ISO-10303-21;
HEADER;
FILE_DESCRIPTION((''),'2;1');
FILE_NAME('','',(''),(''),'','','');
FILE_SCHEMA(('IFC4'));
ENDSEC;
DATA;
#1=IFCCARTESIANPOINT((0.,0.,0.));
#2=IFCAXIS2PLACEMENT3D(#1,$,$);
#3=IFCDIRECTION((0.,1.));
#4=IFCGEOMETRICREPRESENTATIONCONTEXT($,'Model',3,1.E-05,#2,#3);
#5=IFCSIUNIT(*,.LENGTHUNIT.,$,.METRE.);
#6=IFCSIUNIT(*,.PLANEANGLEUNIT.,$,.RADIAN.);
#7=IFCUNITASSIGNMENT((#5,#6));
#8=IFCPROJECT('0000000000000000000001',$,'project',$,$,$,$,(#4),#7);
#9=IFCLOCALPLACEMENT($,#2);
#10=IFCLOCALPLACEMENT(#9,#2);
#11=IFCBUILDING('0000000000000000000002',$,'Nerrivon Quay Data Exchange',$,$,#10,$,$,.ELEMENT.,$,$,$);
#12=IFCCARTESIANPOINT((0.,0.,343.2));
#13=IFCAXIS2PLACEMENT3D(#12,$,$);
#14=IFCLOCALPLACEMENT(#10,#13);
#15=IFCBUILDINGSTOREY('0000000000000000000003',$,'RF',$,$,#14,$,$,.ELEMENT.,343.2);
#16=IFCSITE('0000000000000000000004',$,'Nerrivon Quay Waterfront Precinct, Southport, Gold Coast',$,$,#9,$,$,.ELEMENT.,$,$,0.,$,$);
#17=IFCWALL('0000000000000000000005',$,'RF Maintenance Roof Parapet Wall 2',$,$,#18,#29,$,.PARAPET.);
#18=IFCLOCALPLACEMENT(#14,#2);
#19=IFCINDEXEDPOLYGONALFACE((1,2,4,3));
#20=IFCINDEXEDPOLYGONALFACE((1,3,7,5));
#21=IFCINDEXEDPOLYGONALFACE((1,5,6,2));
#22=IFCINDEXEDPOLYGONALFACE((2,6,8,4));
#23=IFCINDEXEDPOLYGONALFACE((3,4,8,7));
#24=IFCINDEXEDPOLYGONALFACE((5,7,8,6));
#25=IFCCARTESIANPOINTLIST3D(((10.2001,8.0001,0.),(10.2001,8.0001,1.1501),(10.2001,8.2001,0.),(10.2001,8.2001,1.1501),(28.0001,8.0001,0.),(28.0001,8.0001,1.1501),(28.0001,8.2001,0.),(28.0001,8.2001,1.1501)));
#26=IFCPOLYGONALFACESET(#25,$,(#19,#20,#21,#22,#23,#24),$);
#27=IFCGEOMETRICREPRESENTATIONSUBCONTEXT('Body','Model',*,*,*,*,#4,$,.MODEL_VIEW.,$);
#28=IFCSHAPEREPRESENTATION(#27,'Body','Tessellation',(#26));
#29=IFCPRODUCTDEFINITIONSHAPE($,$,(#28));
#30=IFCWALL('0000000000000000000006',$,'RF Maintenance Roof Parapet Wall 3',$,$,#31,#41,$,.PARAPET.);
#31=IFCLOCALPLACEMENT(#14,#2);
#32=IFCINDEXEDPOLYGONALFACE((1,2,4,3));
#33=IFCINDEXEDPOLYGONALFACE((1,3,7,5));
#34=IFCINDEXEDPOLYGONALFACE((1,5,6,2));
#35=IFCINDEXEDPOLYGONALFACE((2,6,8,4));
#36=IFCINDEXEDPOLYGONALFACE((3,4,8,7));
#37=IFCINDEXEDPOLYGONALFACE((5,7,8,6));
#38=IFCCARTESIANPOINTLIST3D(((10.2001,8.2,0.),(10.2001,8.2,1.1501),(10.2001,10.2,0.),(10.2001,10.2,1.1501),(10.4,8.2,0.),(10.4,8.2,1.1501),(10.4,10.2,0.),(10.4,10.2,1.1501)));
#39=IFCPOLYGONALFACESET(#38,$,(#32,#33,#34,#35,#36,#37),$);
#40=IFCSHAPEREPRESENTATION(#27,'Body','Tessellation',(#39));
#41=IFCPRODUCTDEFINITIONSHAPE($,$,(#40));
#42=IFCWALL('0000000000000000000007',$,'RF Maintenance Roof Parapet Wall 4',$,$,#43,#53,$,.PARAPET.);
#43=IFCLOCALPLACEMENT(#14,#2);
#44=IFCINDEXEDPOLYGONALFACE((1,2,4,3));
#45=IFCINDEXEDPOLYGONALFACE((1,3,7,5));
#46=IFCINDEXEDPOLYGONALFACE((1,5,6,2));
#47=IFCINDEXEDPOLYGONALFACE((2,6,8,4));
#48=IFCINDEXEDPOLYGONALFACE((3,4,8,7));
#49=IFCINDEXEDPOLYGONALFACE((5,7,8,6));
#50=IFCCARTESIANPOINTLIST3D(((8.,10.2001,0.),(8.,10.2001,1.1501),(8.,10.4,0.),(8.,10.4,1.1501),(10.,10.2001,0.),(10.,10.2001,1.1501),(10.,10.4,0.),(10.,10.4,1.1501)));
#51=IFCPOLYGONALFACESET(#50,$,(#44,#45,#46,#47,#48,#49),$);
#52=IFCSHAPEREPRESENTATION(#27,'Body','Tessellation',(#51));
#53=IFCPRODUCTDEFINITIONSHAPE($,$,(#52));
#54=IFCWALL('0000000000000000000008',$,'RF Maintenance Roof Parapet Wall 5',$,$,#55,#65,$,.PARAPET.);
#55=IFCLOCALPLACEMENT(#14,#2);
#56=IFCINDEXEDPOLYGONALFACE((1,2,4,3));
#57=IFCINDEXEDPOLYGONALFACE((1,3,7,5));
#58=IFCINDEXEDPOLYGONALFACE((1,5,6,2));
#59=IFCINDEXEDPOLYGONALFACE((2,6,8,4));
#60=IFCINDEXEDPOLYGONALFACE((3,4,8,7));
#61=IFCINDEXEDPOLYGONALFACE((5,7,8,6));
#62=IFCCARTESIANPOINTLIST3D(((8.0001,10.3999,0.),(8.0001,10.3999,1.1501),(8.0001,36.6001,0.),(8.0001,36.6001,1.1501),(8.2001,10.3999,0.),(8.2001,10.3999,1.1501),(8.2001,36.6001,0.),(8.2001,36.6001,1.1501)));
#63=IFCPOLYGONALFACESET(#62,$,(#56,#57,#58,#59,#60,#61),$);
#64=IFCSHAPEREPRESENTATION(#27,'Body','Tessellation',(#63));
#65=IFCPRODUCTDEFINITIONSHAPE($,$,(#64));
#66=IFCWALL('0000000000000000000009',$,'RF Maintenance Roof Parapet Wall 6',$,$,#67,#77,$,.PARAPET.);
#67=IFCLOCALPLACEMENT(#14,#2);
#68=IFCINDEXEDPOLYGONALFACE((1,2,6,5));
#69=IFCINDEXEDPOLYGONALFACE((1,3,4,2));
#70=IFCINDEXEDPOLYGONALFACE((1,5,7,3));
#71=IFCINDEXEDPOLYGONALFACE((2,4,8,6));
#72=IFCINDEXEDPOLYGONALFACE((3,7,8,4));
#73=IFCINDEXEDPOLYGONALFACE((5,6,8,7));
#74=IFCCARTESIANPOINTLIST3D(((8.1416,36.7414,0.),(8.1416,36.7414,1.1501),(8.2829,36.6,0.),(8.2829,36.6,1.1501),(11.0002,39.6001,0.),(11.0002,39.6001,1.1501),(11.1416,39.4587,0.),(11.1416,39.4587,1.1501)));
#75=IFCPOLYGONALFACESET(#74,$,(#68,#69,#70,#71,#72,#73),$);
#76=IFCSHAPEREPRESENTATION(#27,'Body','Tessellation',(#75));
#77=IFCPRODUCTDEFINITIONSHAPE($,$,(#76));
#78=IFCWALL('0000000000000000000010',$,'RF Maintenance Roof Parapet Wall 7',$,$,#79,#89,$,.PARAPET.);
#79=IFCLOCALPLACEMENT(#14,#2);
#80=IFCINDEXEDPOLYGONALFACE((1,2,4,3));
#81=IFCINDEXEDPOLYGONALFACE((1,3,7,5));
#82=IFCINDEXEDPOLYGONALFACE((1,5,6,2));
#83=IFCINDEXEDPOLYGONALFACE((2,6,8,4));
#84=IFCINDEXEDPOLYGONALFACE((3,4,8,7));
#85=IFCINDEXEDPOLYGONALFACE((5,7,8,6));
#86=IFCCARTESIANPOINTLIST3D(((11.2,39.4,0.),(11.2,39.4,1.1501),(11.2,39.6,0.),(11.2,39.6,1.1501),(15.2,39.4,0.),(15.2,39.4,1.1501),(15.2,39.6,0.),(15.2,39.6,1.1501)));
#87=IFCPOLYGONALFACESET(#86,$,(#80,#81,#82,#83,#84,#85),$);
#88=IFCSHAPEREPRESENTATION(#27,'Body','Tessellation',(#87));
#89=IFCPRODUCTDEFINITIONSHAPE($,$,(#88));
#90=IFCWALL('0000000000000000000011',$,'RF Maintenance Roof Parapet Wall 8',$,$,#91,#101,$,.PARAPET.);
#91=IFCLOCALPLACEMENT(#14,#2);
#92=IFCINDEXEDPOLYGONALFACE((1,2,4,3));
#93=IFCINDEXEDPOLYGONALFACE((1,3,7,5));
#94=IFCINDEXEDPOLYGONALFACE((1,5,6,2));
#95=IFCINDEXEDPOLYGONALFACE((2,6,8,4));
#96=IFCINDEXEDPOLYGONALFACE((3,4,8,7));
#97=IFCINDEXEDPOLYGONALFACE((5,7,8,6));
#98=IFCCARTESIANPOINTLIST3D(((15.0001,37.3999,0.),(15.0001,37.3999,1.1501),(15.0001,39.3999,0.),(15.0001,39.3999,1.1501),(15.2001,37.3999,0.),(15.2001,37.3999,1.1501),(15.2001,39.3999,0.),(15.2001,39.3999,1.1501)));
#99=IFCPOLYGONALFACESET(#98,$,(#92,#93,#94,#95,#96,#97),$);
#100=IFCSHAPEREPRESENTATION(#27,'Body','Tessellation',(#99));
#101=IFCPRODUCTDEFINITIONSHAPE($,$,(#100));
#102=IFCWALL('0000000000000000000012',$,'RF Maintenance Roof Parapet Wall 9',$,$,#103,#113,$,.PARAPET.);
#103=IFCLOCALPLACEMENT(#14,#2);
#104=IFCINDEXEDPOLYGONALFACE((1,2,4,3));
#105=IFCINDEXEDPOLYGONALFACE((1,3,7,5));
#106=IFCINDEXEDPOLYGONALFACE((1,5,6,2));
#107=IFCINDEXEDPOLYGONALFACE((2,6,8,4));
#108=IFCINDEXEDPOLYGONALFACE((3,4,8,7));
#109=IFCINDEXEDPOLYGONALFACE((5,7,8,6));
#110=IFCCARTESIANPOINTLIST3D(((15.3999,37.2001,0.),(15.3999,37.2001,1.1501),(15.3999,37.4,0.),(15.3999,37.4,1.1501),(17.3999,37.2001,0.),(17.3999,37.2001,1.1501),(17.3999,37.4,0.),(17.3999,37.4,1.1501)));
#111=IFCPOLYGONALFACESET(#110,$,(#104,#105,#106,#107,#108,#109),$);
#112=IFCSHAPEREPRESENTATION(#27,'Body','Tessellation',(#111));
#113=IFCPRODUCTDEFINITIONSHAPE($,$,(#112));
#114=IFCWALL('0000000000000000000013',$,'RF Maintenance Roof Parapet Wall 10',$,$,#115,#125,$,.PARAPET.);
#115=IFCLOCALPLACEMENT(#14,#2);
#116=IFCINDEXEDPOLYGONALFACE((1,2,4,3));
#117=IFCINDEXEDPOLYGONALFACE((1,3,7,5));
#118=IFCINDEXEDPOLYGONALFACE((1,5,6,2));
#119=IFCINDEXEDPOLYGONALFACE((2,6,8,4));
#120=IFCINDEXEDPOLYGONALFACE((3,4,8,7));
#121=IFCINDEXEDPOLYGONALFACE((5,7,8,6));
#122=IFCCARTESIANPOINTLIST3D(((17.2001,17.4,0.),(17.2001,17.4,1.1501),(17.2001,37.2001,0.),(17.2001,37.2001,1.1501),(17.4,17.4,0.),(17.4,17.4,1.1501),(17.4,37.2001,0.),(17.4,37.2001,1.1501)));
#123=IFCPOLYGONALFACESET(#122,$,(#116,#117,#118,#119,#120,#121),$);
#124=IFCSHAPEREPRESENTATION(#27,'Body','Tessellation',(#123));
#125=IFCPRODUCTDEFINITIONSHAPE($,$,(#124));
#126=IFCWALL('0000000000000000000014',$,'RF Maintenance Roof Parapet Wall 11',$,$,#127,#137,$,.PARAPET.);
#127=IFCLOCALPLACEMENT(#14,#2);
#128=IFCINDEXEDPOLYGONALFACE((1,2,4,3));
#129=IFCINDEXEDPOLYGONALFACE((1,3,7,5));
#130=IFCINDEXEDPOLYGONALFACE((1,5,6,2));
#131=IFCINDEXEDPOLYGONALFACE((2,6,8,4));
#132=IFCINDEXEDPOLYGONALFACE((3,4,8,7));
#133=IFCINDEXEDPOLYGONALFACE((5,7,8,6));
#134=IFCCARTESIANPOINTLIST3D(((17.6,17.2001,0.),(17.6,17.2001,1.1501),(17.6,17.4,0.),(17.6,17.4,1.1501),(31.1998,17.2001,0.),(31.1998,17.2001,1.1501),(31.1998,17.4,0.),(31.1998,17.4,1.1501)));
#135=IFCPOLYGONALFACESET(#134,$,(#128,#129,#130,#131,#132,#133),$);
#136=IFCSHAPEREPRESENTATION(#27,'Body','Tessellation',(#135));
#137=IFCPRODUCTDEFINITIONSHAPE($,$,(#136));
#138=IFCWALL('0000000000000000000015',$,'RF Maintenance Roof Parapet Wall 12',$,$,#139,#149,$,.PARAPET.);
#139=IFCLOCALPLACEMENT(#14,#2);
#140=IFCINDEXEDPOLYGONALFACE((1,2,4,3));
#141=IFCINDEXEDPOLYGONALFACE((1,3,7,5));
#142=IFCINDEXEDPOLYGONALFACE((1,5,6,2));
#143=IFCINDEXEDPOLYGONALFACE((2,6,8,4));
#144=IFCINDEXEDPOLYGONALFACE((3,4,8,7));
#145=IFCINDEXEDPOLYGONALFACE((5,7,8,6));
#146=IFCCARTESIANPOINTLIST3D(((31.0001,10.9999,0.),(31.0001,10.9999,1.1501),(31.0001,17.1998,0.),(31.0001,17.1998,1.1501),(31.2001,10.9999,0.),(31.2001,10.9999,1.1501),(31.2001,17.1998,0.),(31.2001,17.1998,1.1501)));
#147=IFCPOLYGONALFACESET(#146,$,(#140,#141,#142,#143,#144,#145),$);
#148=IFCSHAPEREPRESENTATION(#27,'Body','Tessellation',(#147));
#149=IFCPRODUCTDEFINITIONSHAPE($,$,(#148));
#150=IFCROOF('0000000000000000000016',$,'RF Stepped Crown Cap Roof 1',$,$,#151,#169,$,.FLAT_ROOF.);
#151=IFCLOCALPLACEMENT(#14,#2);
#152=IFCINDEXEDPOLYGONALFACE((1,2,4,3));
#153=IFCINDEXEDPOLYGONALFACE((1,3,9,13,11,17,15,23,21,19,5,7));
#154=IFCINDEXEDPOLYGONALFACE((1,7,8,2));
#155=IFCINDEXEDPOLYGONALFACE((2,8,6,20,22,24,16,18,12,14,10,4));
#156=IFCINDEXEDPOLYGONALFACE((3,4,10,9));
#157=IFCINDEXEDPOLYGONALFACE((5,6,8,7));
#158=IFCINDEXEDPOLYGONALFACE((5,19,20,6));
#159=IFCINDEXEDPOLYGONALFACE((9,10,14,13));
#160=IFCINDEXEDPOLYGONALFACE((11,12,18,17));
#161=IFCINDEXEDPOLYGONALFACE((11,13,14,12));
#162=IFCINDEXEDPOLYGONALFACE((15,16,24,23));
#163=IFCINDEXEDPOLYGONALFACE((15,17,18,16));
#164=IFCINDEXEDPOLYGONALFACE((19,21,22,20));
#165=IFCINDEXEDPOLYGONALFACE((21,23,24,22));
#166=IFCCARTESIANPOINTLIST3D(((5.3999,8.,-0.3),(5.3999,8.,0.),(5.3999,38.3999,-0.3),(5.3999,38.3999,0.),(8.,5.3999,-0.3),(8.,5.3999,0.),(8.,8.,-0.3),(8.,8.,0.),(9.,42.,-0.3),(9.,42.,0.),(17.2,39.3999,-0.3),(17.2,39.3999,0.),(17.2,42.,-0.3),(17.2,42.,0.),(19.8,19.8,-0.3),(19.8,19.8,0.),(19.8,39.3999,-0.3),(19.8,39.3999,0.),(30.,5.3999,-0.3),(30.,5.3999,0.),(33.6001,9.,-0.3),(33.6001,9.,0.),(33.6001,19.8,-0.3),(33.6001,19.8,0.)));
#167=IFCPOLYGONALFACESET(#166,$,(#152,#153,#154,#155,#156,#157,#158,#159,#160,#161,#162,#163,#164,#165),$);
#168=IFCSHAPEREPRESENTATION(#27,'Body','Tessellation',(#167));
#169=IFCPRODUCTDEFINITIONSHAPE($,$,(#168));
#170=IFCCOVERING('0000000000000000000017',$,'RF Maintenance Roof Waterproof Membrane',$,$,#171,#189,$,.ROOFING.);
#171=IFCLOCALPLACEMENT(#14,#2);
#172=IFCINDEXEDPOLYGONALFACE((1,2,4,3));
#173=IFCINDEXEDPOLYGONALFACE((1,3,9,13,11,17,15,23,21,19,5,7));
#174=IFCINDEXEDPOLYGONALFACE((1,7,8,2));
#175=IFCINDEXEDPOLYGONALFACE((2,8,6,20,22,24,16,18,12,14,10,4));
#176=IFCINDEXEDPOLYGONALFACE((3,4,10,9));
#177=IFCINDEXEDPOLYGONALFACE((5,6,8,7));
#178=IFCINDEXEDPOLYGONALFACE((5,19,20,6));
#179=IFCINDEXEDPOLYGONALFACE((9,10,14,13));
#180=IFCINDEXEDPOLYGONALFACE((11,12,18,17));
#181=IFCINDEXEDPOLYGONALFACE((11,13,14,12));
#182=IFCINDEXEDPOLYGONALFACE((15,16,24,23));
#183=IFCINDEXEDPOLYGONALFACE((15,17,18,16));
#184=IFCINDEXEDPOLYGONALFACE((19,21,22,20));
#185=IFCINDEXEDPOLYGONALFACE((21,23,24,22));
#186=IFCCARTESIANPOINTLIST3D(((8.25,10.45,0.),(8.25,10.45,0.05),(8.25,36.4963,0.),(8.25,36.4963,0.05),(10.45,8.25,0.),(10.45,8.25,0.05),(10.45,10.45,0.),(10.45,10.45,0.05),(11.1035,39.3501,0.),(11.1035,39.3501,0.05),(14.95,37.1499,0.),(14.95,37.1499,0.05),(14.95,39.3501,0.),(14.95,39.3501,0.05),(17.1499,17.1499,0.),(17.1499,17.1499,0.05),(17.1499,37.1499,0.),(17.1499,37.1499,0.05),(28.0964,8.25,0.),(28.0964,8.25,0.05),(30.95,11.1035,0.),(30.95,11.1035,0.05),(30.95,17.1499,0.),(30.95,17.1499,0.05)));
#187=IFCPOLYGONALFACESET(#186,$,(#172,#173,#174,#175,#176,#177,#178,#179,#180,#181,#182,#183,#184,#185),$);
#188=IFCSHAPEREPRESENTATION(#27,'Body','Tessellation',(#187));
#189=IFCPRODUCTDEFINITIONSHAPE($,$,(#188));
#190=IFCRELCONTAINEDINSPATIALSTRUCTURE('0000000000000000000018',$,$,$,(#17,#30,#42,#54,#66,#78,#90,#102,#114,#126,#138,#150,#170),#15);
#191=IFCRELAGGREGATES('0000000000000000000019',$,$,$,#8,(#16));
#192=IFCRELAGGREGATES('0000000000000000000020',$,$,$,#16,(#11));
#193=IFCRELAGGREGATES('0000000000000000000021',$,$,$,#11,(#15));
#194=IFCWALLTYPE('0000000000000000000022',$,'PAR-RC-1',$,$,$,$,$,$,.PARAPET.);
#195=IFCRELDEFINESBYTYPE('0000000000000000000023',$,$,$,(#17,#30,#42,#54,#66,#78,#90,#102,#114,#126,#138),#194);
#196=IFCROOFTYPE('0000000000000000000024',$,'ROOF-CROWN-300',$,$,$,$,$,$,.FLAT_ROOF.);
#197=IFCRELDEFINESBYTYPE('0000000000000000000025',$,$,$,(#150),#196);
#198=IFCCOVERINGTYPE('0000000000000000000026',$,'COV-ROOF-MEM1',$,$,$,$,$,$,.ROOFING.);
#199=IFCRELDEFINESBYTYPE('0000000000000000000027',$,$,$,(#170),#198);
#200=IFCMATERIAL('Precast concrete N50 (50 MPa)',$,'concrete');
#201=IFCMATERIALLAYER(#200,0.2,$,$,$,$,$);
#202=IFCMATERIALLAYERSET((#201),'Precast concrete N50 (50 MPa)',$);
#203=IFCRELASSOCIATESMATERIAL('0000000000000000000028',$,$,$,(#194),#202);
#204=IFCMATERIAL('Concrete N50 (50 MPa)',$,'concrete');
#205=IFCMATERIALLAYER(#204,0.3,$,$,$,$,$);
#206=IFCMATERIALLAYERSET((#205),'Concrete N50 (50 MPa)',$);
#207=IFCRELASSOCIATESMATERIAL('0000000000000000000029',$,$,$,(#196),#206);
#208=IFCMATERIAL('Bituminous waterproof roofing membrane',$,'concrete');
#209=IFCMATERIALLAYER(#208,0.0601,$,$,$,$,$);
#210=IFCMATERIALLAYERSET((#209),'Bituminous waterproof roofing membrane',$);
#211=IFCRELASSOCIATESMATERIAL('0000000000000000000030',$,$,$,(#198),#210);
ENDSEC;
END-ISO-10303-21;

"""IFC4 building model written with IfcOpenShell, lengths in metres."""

from ifc_helpers import new_model, si_unit, direction, frame, frame_2d, origin, place, context, subcontext, project, spatial, polyline, rectangle, outline, extrude, material, layer, layer_set, type_object, element, save


model = new_model("IFC4")

# Units and contexts
model_context = context("Model", 3, precision=1e-05, world=origin(), true_north=direction((0.0, 1.0)))
body_context = subcontext(model_context, "Body", "Model", "MODEL_VIEW")
ifc_project = project(units=[si_unit("LENGTHUNIT", "METRE"), si_unit("PLANEANGLEUNIT", "RADIAN")], contexts=[model_context])

# Site, building, storey
site_placement = place(None, origin())
site = spatial("IfcSite", under=ifc_project, at=site_placement, Name="Nerrivon Quay Waterfront Precinct, Southport, Gold Coast", CompositionType="ELEMENT", RefElevation=0.0)
building_placement = place(site_placement, origin())
building = spatial("IfcBuilding", under=site, at=building_placement, Name="Nerrivon Quay Data Exchange", CompositionType="ELEMENT")
storey_placement = place(building_placement, frame((0.0, 0.0, 343.2)))
storey = spatial("IfcBuildingStorey", under=building, at=storey_placement, Name="RF", CompositionType="ELEMENT", Elevation=343.2)

# Shared definitions
ifc_material_1 = material(Name="Concrete N50 (50 MPa)", Category="concrete")

# Walls
ifc_material_2 = material(Name="Precast concrete N50 (50 MPa)", Category="concrete")
ifc_layer_1 = layer(ifc_material_2, 0.2)
ifc_layer_set_1 = layer_set([ifc_layer_1], Name="Precast concrete N50 (50 MPa)")
wall_type = type_object("IfcWallType", Name="PAR-RC-1", PredefinedType="PARAPET", material=ifc_layer_set_1)
wall_1_placement = place(storey_placement, frame((28.0, 8.1001, 0.0), z_axis=(0.0, 0.0, 1.0), x_axis=(-1.0, 0.0, 0.0)))
element("IfcWall", 1, at=wall_1_placement, inside=storey, type_object=wall_type, Name="RF Maintenance Roof Parapet Wall 2", PredefinedType="PARAPET", context=body_context, shape_type="SweptSolid", body=[
    extrude(rectangle(XDim=17.8, YDim=0.2, at=frame_2d((8.8999, 0.0))), origin(), (0.0, 0.0, 1.0), 1.1501),
])
for number, where, z_axis, x_axis, name in (
    (2, (10.3, 8.2, 0.0), (0.0, 0.0, 1.0), (0.0, 1.0, 0.0), "RF Maintenance Roof Parapet Wall 3"),
    (3, (10.0, 10.3, 0.0), (0.0, 0.0, 1.0), (-1.0, 0.0, 0.0), "RF Maintenance Roof Parapet Wall 4"),
):
    element("IfcWall", number, at=place(storey_placement, frame(where, z_axis=z_axis, x_axis=x_axis)), inside=storey, type_object=wall_type, Name=name, PredefinedType="PARAPET", context=body_context, shape_type="SweptSolid", body=[
        extrude(rectangle(XDim=2.0, YDim=0.2, at=frame_2d((1.0, 0.0))), origin(), (0.0, 0.0, 1.0), 1.1501),
    ])
wall_2_placement = place(storey_placement, frame((8.1001, 10.3999, 0.0), z_axis=(0.0, 0.0, 1.0), x_axis=(0.0, 1.0, 0.0)))
element("IfcWall", 4, at=wall_2_placement, inside=storey, type_object=wall_type, Name="RF Maintenance Roof Parapet Wall 5", PredefinedType="PARAPET", context=body_context, shape_type="SweptSolid", body=[
    extrude(rectangle(XDim=26.2002, YDim=0.2, at=frame_2d((13.1001, 0.0))), origin(), (0.0, 0.0, 1.0), 1.1501),
])
wall_3_placement = place(storey_placement, frame((8.2122, 36.6707, 0.0), z_axis=(0.0, 0.0, 1.0), x_axis=(0.707107, 0.707107, 0.0)))
element("IfcWall", 5, at=wall_3_placement, inside=storey, type_object=wall_type, Name="RF Maintenance Roof Parapet Wall 6", PredefinedType="PARAPET", context=body_context, shape_type="SweptSolid", body=[
    extrude(rectangle(XDim=4.0427, YDim=0.2, at=frame_2d((2.0215, 0.0))), origin(), (0.0, 0.0, 1.0), 1.1501),
])
wall_4_placement = place(storey_placement, frame((11.2, 39.5, 0.0), z_axis=(0.0, 0.0, 1.0), x_axis=(1.0, 0.0, 0.0)))
element("IfcWall", 6, at=wall_4_placement, inside=storey, type_object=wall_type, Name="RF Maintenance Roof Parapet Wall 7", PredefinedType="PARAPET", context=body_context, shape_type="SweptSolid", body=[
    extrude(rectangle(XDim=4.0, YDim=0.2, at=frame_2d((2.0, 0.0))), origin(), (0.0, 0.0, 1.0), 1.1501),
])
for number, where, z_axis, x_axis, name in (
    (7, (15.1001, 39.3999, 0.0), (0.0, 0.0, 1.0), (0.0, -1.0, 0.0), "RF Maintenance Roof Parapet Wall 8"),
    (8, (15.3999, 37.3, 0.0), (0.0, 0.0, 1.0), (1.0, 0.0, 0.0), "RF Maintenance Roof Parapet Wall 9"),
):
    element("IfcWall", number, at=place(storey_placement, frame(where, z_axis=z_axis, x_axis=x_axis)), inside=storey, type_object=wall_type, Name=name, PredefinedType="PARAPET", context=body_context, shape_type="SweptSolid", body=[
        extrude(rectangle(XDim=2.0, YDim=0.2, at=frame_2d((1.0, 0.0))), origin(), (0.0, 0.0, 1.0), 1.1501),
    ])
wall_5_placement = place(storey_placement, frame((17.3, 37.2, 0.0), z_axis=(0.0, 0.0, 1.0), x_axis=(0.0, -1.0, 0.0)))
element("IfcWall", 9, at=wall_5_placement, inside=storey, type_object=wall_type, Name="RF Maintenance Roof Parapet Wall 10", PredefinedType="PARAPET", context=body_context, shape_type="SweptSolid", body=[
    extrude(rectangle(XDim=19.8, YDim=0.2, at=frame_2d((9.8999, 0.0))), origin(), (0.0, 0.0, 1.0), 1.1501),
])
wall_6_placement = place(storey_placement, frame((17.6001, 17.3, 0.0), z_axis=(0.0, 0.0, 1.0), x_axis=(1.0, 0.0, 0.0)))
element("IfcWall", 10, at=wall_6_placement, inside=storey, type_object=wall_type, Name="RF Maintenance Roof Parapet Wall 11", PredefinedType="PARAPET", context=body_context, shape_type="SweptSolid", body=[
    extrude(rectangle(XDim=13.5999, YDim=0.2, at=frame_2d((6.7998, 0.0))), origin(), (0.0, 0.0, 1.0), 1.1501),
])
wall_7_placement = place(storey_placement, frame((31.1001, 17.2, 0.0), z_axis=(0.0, 0.0, 1.0), x_axis=(0.0, -1.0, 0.0)))
element("IfcWall", 11, at=wall_7_placement, inside=storey, type_object=wall_type, Name="RF Maintenance Roof Parapet Wall 12", PredefinedType="PARAPET", context=body_context, shape_type="SweptSolid", body=[
    extrude(rectangle(XDim=6.2, YDim=0.2, at=frame_2d((3.1001, 0.0))), origin(), (0.0, 0.0, 1.0), 1.1501),
])

# Roof
ifc_layer_2 = layer(ifc_material_1, 0.3)
ifc_layer_set_2 = layer_set([ifc_layer_2], Name="Concrete N50 (50 MPa)")
roof_type = type_object("IfcRoofType", Name="ROOF-CROWN-300", PredefinedType="FLAT_ROOF", material=ifc_layer_set_2)
roof_placement = place(storey_placement, frame((0.0, 0.0, -0.3)))
element("IfcRoof", 12, at=roof_placement, inside=storey, type_object=roof_type, Name="RF Stepped Crown Cap Roof 1", PredefinedType="FLAT_ROOF", context=body_context, shape_type="SweptSolid", body=[
    extrude(outline(polyline([(33.6001, 19.8), (19.8, 19.8), (19.8, 39.3999), (17.2, 39.3999), (17.2, 42.0), (9.0, 42.0), (5.3999, 38.3999), (5.3999, 8.0), (8.0, 8.0), (8.0, 5.3999), (30.0, 5.3999), (33.6001, 9.0), (33.6001, 19.8)])), origin(), (0.0, 0.0, 1.0), 0.3),
])

# Covering
ifc_material_3 = material(Name="Bituminous waterproof roofing membrane", Category="concrete")
ifc_layer_3 = layer(ifc_material_3, 0.0601)
ifc_layer_set_3 = layer_set([ifc_layer_3], Name="Bituminous waterproof roofing membrane")
covering_type = type_object("IfcCoveringType", Name="COV-ROOF-MEM1", PredefinedType="ROOFING", material=ifc_layer_set_3)
covering_1_placement = place(storey_placement, origin())
element("IfcCovering", 13, at=covering_1_placement, inside=storey, type_object=covering_type, Name="RF Maintenance Roof Waterproof Membrane", PredefinedType="ROOFING", context=body_context, shape_type="SweptSolid", body=[
    extrude(outline(polyline([(30.95, 17.1499), (30.95, 11.1035), (28.0964, 8.25), (10.45, 8.25), (10.45, 10.45), (8.25, 10.45), (8.25, 36.4963), (11.1035, 39.3501), (14.95, 39.3501), (14.95, 37.1499), (17.1499, 37.1499), (17.1499, 17.1499), (30.95, 17.1499)])), origin(), (0.0, 0.0, 1.0), 0.05),
])

save(model, "model.ifc")
